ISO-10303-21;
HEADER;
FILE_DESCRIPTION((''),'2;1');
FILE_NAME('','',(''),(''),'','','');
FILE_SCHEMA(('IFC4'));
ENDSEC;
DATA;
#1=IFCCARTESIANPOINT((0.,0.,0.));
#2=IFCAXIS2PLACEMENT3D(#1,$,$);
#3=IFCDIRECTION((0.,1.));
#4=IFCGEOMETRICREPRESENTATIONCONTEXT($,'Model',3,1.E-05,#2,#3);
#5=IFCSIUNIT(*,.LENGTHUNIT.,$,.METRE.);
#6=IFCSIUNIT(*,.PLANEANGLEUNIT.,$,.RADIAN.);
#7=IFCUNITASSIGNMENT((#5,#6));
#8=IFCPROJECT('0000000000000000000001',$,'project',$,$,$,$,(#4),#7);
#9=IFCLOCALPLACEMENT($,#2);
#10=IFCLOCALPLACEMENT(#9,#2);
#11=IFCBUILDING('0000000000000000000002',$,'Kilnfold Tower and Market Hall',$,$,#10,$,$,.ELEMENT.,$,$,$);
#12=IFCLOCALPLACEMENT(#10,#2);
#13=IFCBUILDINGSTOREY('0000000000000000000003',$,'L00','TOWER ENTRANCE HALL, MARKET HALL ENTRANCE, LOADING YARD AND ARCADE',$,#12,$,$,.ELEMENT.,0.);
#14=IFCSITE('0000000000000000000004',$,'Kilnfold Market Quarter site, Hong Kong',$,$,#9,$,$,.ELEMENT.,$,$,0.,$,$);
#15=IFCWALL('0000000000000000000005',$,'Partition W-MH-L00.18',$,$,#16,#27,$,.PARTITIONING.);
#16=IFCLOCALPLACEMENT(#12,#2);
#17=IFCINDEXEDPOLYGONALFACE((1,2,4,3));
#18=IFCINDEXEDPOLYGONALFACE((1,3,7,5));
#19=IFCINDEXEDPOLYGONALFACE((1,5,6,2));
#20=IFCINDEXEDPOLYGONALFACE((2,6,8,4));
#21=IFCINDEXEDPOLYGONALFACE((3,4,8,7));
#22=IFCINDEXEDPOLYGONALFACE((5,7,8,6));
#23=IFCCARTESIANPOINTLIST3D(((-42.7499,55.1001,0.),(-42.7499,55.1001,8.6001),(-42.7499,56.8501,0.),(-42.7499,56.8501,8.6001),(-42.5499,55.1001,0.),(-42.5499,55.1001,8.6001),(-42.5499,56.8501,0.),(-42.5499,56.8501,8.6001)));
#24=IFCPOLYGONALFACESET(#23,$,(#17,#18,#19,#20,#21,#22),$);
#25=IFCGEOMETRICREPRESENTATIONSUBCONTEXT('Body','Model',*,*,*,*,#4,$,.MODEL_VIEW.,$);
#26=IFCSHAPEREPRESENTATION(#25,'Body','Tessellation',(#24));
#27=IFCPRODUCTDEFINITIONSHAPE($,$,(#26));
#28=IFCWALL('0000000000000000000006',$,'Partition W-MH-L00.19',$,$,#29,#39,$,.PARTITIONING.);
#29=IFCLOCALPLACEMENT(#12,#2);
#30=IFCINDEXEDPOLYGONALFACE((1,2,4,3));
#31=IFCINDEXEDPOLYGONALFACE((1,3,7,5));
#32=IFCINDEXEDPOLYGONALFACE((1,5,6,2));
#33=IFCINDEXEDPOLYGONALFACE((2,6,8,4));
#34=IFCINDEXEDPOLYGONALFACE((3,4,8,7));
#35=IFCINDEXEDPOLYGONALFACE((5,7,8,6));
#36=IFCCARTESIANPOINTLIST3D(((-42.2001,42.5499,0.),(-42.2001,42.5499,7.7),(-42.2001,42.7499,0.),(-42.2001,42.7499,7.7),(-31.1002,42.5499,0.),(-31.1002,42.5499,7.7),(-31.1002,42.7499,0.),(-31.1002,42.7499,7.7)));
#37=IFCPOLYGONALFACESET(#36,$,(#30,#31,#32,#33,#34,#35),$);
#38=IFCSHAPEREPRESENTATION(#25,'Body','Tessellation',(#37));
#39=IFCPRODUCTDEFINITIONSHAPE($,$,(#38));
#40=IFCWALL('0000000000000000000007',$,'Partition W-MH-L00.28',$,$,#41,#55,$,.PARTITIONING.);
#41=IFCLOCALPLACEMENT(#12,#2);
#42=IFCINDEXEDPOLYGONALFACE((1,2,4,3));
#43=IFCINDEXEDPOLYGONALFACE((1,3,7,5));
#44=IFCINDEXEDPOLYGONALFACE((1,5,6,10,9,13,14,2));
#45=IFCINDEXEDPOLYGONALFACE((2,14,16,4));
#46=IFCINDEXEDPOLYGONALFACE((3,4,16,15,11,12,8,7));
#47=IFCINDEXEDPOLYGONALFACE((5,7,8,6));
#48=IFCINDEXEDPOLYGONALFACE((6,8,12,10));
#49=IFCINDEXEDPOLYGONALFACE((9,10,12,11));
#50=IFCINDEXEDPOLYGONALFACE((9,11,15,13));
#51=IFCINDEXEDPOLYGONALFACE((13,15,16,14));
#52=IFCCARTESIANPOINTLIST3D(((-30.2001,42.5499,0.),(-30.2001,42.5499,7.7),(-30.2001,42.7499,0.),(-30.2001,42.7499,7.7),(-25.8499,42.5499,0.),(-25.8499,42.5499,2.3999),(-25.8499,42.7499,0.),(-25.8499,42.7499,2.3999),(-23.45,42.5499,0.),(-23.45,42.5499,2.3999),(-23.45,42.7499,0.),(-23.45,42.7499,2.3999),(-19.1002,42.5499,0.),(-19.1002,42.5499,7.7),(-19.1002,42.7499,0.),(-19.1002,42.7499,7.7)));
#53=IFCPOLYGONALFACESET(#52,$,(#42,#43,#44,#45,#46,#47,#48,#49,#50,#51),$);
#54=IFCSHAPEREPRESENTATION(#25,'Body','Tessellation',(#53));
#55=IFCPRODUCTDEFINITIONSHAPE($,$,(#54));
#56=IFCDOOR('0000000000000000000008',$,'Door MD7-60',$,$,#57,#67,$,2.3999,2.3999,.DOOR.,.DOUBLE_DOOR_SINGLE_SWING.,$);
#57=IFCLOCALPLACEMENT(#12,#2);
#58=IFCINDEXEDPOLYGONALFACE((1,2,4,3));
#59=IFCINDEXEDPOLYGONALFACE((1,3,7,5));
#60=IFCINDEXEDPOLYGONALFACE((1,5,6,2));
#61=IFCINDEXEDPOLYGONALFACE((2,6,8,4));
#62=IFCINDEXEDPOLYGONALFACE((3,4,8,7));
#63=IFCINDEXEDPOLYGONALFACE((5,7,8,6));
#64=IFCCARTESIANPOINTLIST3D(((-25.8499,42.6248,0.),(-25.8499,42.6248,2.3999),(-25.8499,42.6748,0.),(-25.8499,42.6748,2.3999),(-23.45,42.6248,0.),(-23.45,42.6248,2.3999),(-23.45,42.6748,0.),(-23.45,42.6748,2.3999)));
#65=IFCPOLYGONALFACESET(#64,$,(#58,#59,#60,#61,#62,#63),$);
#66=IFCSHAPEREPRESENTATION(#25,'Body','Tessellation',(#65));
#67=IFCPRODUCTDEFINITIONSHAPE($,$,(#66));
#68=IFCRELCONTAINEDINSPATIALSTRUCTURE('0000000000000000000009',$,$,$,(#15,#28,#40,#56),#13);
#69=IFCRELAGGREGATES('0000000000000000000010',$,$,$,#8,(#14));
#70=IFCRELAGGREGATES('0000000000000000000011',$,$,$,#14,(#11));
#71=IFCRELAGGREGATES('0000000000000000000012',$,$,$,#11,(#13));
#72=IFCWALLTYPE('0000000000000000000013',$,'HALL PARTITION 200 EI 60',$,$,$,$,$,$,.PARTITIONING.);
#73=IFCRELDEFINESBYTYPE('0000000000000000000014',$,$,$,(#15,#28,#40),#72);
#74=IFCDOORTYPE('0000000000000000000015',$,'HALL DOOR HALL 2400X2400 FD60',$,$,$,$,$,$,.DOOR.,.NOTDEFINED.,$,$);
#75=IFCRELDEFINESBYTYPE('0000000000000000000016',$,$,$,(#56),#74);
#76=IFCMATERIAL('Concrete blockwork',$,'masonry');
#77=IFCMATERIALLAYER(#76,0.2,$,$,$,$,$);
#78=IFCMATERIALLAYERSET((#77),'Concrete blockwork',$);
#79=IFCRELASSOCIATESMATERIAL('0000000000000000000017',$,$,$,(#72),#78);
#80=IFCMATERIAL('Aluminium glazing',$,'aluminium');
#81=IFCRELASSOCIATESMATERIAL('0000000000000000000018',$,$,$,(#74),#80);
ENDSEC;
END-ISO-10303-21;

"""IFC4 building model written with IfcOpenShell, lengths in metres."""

from ifc_helpers import new_model, si_unit, direction, frame, frame_2d, origin, place, context, subcontext, project, spatial, rectangle, extrude, source, transform, mapped, material, layer, layer_set, type_object, element, fill, save


model = new_model("IFC4")

# Units and contexts
model_context = context("Model", 3, precision=1e-05, world=origin(), true_north=direction((0.0, 1.0)))
body_context = subcontext(model_context, "Body", "Model", "MODEL_VIEW")
ifc_project = project(units=[si_unit("LENGTHUNIT", "METRE"), si_unit("PLANEANGLEUNIT", "RADIAN")], contexts=[model_context])

# Site, building, storey
site_placement = place(None, origin())
site = spatial("IfcSite", under=ifc_project, at=site_placement, Name="Kilnfold Market Quarter site, Hong Kong", CompositionType="ELEMENT", RefElevation=0.0)
building_placement = place(site_placement, origin())
building = spatial("IfcBuilding", under=site, at=building_placement, Name="Kilnfold Tower and Market Hall", CompositionType="ELEMENT")
storey_placement = place(building_placement, origin())
storey = spatial("IfcBuildingStorey", under=building, at=storey_placement, Name="L00", Description="TOWER ENTRANCE HALL, MARKET HALL ENTRANCE, LOADING YARD AND ARCADE", CompositionType="ELEMENT", Elevation=0.0)

# Walls
ifc_material_1 = material(Name="Concrete blockwork", Category="masonry")
ifc_layer_1 = layer(ifc_material_1, 0.2)
ifc_layer_set_1 = layer_set([ifc_layer_1], Name="Concrete blockwork")
wall_type_1 = type_object("IfcWallType", Name="HALL PARTITION 200 EI 60", PredefinedType="PARTITIONING", material=ifc_layer_set_1)
shared_shape_1 = source(origin(), body_context, "Body", "SweptSolid", [
    extrude(rectangle(XDim=1.75, YDim=0.2, at=frame_2d((0.875, 0.0))), origin(), (0.0, 0.0, 1.0), 8.6001),
])
wall_1_placement = place(storey_placement, frame((-42.6499, 56.8501, 0.0), z_axis=(0.0, 0.0, 1.0), x_axis=(0.0, -1.0, 0.0)))
element("IfcWall", 1, at=wall_1_placement, inside=storey, type_object=wall_type_1, Name="Partition W-MH-L00.18", PredefinedType="PARTITIONING", context=body_context, shape_type="MappedRepresentation", body=[
    mapped(shared_shape_1, transform((0.0, 0.0, 0.0))),
])
shared_shape_2 = source(origin(), body_context, "Body", "SweptSolid", [
    extrude(rectangle(XDim=11.0999, YDim=0.2, at=frame_2d((5.5498, 0.0))), origin(), (0.0, 0.0, 1.0), 7.7),
])
wall_2_placement = place(storey_placement, frame((-42.2, 42.6499, 0.0), z_axis=(0.0, 0.0, 1.0), x_axis=(1.0, 0.0, 0.0)))
element("IfcWall", 2, at=wall_2_placement, inside=storey, type_object=wall_type_1, Name="Partition W-MH-L00.19", PredefinedType="PARTITIONING", context=body_context, shape_type="MappedRepresentation", body=[
    mapped(shared_shape_2, transform((0.0, 0.0, 0.0))),
])

# Wall, opening, door
wall_3_placement = place(storey_placement, frame((-30.2, 42.6499, 0.0), z_axis=(0.0, 0.0, 1.0), x_axis=(1.0, 0.0, 0.0)))
wall_3 = element("IfcWall", 3, at=wall_3_placement, inside=storey, type_object=wall_type_1, Name="Partition W-MH-L00.28", PredefinedType="PARTITIONING", context=body_context, shape_type="MappedRepresentation", body=[
    mapped(shared_shape_2, transform((0.0, 0.0, 0.0))),
])
opening_placement = place(wall_3_placement, frame((4.3501, 0.0, 0.0)))
opening = element("IfcOpeningElement", 4, at=opening_placement, cuts=wall_3, PredefinedType="OPENING", context=body_context, shape_type="SweptSolid", body=[
    extrude(rectangle(XDim=2.3999, YDim=2.3999, at=frame_2d((1.2, 1.2))), frame((0.0, 0.1099, 0.0), z_axis=(0.0, -1.0, 0.0), x_axis=(1.0, 0.0, 0.0)), (0.0, 0.0, 1.0), 0.22),
])
ifc_material_2 = material(Name="Aluminium glazing", Category="aluminium")
door_type = type_object("IfcDoorType", Name="HALL DOOR HALL 2400X2400 FD60", OperationType="NOTDEFINED", PredefinedType="DOOR", material=ifc_material_2)
door_placement = place(opening_placement, origin())
door = element("IfcDoor", 5, at=door_placement, inside=storey, type_object=door_type, Name="Door MD7-60", OperationType="DOUBLE_DOOR_SINGLE_SWING", OverallHeight=2.3999, OverallWidth=2.3999, PredefinedType="DOOR", context=body_context, shape_type="SweptSolid", body=[
    extrude(rectangle(XDim=2.3999, YDim=2.3999, at=frame_2d((1.2, 1.2))), frame((0.0, 0.0249, 0.0), z_axis=(0.0, -1.0, 0.0), x_axis=(1.0, 0.0, 0.0)), (0.0, 0.0, 1.0), 0.05),
])
fill(opening, door)

save(model, "model.ifc")
